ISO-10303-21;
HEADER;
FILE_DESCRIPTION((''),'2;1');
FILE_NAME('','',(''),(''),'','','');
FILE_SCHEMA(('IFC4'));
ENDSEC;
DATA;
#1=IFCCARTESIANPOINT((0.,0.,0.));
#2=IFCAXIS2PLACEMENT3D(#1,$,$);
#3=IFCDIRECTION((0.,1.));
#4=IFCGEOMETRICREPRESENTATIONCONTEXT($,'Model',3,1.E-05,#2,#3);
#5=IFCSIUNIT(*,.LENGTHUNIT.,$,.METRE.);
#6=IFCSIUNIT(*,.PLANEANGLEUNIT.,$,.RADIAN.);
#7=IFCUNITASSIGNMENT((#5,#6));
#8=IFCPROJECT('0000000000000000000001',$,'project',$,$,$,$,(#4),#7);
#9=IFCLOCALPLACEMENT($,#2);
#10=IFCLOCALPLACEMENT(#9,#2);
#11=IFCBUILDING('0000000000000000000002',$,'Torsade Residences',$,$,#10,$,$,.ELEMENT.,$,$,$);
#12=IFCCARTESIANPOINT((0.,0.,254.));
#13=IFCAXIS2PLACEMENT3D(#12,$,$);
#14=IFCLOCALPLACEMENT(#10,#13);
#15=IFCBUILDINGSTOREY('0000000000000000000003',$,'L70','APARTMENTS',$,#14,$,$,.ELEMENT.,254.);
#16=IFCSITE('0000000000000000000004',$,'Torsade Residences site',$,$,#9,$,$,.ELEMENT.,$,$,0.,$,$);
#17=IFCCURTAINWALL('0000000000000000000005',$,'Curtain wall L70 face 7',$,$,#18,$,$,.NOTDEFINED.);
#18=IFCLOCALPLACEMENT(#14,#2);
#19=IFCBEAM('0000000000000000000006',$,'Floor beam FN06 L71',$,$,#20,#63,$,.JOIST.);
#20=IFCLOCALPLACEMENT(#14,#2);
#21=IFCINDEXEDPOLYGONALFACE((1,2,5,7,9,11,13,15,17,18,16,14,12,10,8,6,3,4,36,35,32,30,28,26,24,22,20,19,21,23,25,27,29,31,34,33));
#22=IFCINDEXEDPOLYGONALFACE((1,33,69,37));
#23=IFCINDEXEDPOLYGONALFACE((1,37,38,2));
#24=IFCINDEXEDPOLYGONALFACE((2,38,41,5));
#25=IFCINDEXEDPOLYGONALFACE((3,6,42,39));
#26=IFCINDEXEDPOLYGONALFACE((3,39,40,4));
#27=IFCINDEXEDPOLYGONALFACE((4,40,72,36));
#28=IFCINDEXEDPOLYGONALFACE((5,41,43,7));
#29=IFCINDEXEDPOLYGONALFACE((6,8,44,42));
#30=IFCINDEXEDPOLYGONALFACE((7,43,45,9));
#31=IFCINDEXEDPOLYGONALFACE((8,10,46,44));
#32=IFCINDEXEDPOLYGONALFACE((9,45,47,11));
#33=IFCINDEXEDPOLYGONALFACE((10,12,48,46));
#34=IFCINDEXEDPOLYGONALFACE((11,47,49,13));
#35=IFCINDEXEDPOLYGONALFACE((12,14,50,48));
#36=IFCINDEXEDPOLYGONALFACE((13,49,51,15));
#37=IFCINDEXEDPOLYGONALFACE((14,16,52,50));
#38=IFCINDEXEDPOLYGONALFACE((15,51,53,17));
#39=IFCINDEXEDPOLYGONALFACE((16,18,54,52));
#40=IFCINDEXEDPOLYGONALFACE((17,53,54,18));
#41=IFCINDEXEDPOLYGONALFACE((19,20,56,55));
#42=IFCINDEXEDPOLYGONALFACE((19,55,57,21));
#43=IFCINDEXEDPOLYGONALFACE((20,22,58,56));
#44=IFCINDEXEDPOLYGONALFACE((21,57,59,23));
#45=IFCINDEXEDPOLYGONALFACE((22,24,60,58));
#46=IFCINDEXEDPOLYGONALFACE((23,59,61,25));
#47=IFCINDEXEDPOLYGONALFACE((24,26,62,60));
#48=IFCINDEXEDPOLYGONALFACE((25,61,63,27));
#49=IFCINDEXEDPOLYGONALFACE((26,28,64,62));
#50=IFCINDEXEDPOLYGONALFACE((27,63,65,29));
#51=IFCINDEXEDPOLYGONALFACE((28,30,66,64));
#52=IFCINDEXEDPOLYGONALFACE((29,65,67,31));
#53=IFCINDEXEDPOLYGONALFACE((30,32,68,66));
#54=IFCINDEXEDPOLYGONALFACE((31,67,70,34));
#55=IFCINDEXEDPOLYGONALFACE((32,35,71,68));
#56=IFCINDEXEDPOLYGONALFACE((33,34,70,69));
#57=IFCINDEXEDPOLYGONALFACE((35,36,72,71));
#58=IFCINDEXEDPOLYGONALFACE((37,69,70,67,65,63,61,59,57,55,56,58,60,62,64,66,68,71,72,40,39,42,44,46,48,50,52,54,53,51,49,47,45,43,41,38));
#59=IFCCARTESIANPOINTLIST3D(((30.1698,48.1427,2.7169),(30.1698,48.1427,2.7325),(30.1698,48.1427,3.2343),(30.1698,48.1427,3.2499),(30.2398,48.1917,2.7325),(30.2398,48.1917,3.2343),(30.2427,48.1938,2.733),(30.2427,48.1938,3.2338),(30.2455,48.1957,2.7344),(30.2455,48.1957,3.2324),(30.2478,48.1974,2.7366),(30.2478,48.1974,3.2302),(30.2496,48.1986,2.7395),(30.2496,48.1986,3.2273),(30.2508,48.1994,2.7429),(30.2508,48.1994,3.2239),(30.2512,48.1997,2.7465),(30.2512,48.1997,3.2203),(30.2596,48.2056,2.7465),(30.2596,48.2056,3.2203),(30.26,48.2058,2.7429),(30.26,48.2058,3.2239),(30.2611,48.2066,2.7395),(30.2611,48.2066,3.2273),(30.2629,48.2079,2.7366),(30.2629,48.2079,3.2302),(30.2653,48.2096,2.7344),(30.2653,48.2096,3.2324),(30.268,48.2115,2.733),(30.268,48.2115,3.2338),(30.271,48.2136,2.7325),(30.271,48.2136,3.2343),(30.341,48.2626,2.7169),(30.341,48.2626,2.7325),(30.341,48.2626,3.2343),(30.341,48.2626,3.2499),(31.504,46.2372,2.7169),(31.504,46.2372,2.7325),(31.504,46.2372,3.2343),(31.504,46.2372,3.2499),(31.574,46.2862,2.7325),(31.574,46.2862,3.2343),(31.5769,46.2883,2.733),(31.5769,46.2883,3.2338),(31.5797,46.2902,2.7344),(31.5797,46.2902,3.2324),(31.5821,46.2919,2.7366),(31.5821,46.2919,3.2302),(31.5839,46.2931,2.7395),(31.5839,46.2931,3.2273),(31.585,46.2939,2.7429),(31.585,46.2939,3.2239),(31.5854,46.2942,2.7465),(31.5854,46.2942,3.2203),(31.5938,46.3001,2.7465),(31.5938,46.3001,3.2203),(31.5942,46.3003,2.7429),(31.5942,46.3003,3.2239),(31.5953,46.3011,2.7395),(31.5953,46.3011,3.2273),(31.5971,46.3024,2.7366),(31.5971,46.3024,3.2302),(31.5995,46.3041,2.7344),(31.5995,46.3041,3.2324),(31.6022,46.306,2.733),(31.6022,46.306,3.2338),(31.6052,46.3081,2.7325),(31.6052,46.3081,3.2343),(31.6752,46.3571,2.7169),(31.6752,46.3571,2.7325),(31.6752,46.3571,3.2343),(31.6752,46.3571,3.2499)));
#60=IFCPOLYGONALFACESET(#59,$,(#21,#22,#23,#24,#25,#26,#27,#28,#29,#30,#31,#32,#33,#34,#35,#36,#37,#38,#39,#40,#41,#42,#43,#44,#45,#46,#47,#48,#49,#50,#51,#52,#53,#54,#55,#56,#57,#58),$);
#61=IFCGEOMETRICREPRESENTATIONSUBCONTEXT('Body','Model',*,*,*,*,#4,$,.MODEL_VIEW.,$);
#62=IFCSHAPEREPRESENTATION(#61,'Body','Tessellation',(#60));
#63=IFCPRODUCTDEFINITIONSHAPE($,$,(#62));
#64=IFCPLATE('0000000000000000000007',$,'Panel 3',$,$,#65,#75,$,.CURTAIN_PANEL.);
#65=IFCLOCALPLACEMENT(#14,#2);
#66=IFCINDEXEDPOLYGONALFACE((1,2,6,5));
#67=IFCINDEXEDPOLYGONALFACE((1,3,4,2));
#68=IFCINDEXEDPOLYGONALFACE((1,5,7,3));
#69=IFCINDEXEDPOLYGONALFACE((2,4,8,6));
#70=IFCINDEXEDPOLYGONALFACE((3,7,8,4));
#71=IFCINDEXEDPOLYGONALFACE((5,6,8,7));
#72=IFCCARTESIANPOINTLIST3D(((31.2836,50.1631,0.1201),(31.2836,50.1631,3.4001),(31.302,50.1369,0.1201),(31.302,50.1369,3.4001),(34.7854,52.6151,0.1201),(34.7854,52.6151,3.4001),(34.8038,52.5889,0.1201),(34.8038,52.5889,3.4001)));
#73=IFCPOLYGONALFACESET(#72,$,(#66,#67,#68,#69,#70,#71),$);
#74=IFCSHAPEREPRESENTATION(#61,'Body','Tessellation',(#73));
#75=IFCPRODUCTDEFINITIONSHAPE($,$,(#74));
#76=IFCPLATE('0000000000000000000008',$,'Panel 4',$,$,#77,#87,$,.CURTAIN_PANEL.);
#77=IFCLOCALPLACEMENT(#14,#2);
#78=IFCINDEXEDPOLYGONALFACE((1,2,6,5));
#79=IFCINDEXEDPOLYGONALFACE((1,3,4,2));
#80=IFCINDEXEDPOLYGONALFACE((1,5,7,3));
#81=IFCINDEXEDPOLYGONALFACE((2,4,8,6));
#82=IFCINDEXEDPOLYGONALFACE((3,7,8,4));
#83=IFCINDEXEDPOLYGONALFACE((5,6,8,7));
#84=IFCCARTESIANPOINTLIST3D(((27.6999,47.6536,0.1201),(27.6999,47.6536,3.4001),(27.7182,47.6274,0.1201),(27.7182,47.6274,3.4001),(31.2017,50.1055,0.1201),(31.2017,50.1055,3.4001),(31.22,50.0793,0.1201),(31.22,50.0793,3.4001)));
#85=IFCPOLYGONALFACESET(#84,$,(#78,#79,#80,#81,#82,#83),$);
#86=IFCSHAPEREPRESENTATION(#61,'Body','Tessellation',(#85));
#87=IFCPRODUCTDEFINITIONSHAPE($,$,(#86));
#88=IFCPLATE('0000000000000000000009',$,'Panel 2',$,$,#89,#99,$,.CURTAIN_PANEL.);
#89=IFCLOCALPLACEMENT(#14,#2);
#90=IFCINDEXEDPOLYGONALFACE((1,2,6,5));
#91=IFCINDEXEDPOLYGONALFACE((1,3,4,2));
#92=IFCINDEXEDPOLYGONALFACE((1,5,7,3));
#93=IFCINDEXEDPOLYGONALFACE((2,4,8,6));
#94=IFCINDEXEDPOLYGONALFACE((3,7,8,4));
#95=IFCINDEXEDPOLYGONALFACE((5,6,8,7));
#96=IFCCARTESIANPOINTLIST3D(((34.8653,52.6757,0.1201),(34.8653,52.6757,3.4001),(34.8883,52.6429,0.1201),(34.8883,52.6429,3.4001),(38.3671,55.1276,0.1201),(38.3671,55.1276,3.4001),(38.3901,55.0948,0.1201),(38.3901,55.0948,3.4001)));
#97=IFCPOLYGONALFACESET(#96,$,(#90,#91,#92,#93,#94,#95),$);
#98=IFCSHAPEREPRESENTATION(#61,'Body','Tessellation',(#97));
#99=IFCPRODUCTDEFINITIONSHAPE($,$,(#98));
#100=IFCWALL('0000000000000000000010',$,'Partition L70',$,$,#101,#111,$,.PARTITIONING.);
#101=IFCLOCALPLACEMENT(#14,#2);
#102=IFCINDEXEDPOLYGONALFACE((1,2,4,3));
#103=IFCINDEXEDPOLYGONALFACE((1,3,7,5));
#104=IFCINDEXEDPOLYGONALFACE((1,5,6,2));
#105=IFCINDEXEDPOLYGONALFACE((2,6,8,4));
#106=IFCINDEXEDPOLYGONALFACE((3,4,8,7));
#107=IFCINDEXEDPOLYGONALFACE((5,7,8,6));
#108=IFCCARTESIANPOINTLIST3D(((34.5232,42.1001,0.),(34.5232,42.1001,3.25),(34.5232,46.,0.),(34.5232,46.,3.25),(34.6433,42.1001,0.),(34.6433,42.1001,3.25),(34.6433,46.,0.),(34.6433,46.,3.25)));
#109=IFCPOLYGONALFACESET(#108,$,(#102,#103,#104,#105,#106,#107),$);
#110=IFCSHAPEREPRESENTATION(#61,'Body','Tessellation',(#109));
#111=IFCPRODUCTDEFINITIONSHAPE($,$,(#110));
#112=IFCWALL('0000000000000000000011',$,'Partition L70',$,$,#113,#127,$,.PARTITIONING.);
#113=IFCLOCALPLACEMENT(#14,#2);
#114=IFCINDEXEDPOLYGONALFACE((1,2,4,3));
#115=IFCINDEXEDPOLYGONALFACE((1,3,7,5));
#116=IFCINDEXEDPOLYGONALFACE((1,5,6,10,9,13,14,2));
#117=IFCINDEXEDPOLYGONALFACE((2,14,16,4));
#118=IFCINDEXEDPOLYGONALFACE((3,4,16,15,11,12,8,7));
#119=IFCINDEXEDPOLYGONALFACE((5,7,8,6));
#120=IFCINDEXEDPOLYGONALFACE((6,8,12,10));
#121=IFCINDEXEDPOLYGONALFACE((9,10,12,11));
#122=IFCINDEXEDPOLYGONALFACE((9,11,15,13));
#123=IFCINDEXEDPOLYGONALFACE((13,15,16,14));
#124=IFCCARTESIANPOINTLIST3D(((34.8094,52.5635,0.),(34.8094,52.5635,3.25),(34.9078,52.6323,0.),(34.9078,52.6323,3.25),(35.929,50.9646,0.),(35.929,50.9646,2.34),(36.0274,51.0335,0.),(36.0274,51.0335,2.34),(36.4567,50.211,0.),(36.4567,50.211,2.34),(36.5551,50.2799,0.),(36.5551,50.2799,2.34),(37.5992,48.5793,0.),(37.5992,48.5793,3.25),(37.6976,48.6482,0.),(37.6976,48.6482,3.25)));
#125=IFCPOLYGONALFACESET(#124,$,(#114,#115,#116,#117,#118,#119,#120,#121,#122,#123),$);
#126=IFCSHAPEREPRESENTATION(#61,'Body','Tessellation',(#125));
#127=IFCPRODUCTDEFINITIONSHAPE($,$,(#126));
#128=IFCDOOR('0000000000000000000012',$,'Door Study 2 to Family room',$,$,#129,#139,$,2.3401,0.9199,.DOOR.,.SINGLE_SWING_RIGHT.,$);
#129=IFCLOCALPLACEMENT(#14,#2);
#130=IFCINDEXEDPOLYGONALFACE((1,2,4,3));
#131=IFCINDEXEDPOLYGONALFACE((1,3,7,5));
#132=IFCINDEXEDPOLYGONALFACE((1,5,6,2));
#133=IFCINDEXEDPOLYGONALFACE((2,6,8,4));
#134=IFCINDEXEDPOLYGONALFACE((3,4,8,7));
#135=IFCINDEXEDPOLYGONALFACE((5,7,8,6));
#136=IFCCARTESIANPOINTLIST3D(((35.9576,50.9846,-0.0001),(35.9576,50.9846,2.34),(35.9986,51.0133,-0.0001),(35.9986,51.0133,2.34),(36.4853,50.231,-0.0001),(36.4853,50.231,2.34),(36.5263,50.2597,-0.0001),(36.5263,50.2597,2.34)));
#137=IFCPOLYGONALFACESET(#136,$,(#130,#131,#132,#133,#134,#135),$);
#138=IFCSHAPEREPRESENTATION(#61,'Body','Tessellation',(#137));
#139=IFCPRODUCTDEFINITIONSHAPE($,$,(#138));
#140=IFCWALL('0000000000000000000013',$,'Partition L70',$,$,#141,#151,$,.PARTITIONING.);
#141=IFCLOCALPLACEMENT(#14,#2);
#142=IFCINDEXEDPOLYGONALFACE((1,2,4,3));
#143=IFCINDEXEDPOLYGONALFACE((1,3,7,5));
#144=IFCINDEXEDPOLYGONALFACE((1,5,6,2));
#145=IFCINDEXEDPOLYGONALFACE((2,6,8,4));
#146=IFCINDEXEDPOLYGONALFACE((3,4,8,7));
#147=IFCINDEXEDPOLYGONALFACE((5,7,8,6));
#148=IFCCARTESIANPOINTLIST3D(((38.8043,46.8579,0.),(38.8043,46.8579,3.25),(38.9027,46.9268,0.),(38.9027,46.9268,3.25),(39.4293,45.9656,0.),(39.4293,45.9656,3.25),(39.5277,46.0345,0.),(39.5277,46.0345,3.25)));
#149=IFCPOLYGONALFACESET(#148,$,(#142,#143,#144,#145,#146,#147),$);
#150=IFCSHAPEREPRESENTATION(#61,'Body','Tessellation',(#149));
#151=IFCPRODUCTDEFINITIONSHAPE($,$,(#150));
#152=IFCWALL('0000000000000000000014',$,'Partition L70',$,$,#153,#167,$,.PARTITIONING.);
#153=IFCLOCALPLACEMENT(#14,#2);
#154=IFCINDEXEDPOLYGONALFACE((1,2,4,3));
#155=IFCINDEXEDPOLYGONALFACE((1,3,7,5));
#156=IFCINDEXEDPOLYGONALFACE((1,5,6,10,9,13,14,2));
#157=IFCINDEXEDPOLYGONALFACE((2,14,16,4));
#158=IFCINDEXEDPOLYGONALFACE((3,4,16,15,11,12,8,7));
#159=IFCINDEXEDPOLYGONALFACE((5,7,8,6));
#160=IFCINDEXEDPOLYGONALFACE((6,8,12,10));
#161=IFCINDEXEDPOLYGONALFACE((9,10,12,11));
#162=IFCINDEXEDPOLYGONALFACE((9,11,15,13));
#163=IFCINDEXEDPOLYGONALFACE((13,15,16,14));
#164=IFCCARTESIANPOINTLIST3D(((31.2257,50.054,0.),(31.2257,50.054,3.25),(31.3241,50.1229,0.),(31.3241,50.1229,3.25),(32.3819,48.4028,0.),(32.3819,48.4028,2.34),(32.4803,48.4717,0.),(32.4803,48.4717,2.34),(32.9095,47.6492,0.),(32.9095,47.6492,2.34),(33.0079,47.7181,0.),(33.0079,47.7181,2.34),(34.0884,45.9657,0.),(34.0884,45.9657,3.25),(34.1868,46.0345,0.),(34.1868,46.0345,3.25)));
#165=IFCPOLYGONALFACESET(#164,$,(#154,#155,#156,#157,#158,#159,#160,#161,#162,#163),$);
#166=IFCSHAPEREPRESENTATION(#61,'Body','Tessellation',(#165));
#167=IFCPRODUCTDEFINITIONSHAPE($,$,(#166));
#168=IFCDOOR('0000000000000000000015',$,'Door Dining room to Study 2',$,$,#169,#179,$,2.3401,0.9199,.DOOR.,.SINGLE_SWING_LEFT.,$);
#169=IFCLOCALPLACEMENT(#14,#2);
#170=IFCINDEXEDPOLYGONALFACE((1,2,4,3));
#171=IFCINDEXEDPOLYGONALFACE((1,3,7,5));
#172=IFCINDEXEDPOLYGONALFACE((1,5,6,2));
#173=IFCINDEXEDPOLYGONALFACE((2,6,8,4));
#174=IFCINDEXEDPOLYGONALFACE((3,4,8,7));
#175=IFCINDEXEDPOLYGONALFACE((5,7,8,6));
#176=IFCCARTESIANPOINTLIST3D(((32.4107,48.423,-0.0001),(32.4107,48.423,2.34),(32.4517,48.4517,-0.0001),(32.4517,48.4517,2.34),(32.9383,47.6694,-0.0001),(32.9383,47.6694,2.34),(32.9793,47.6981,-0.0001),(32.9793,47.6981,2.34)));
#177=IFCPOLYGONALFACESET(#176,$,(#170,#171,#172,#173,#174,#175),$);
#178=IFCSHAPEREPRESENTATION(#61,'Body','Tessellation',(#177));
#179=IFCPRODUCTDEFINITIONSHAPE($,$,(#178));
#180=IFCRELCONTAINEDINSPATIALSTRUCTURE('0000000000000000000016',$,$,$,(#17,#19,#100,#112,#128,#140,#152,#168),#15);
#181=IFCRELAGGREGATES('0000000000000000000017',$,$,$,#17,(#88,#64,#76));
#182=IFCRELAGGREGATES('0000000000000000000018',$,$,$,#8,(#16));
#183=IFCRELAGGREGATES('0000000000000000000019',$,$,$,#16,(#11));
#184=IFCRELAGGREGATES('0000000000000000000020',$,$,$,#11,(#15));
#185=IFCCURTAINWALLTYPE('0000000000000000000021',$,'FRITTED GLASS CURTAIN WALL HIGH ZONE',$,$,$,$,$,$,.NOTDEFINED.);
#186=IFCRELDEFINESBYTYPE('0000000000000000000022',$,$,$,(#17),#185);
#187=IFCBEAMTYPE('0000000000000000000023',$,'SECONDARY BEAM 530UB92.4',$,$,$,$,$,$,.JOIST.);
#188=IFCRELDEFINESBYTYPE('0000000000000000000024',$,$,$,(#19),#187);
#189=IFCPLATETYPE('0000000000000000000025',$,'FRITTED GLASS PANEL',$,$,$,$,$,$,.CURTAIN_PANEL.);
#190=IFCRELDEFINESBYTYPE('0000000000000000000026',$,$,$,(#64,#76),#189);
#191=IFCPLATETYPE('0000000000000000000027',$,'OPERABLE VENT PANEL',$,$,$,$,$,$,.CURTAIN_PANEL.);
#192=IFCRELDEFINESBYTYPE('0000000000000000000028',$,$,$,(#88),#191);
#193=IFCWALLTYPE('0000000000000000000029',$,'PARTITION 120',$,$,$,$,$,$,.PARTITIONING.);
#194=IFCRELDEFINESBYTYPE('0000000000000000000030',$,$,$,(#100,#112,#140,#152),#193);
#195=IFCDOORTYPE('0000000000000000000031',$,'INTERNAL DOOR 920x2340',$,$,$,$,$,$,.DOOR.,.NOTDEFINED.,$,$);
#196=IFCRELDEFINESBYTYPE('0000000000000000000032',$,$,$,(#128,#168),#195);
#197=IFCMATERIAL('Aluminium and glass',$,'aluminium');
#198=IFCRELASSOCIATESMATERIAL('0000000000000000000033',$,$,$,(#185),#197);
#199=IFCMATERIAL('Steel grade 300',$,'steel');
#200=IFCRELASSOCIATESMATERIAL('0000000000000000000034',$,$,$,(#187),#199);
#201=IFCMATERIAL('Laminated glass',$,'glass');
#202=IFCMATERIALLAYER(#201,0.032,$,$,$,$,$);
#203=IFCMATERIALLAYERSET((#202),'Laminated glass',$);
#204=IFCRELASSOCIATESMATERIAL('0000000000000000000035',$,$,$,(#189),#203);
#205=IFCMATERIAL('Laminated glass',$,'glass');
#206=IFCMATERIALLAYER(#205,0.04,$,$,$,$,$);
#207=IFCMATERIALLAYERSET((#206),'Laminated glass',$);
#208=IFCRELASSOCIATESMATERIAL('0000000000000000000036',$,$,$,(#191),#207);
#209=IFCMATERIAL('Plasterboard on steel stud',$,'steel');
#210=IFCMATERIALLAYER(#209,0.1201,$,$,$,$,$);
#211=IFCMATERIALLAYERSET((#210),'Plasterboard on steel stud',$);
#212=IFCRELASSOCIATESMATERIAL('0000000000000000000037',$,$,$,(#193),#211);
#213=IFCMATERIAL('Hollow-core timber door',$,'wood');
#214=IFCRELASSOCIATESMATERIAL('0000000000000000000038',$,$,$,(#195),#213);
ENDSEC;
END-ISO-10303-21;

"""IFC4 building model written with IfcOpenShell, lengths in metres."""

from ifc_helpers import new_model, si_unit, direction, frame, frame_2d, origin, origin_2d, place, context, subcontext, project, spatial, rectangle, i_section, extrude, material, layer, layer_set, material_profile, profile_set, type_object, element, fill, aggregate, save


model = new_model("IFC4")

# Units and contexts
model_context = context("Model", 3, precision=1e-05, world=origin(), true_north=direction((0.0, 1.0)))
body_context = subcontext(model_context, "Body", "Model", "MODEL_VIEW")
ifc_project = project(units=[si_unit("LENGTHUNIT", "METRE"), si_unit("PLANEANGLEUNIT", "RADIAN")], contexts=[model_context])

# Site, building, storey
site_placement = place(None, origin())
site = spatial("IfcSite", under=ifc_project, at=site_placement, Name="Torsade Residences site", CompositionType="ELEMENT", RefElevation=0.0)
building_placement = place(site_placement, origin())
building = spatial("IfcBuilding", under=site, at=building_placement, Name="Torsade Residences", CompositionType="ELEMENT")
storey_placement = place(building_placement, frame((0.0, 0.0, 254.0)))
storey = spatial("IfcBuildingStorey", under=building, at=storey_placement, Name="L70", Description="APARTMENTS", CompositionType="ELEMENT", Elevation=254.0)

# Curtain wall
ifc_material_1 = material(Name="Aluminium and glass", Category="aluminium")
curtain_wall_type = type_object("IfcCurtainWallType", Name="FRITTED GLASS CURTAIN WALL HIGH ZONE", PredefinedType="NOTDEFINED", material=ifc_material_1)
curtain_wall_placement = place(storey_placement, origin())
curtain_wall = element("IfcCurtainWall", 1, at=curtain_wall_placement, inside=storey, type_object=curtain_wall_type, Name="Curtain wall L70 face 7", PredefinedType="NOTDEFINED")

# Beam
ifc_material_2 = material(Name="Steel grade 300", Category="steel")
ifc_material_profile_1 = material_profile(ifc_material_2, i_section(OverallWidth=0.209, OverallDepth=0.533, WebThickness=0.0103, FlangeThickness=0.0156, FilletRadius=0.0139, at=origin_2d()), Name="530UB92.4")
ifc_profile_set_1 = profile_set([ifc_material_profile_1], Name="Steel grade 300")
beam_type_1 = type_object("IfcBeamType", Name="SECONDARY BEAM 530UB92.4", PredefinedType="JOIST", material=ifc_profile_set_1)
beam_1_placement = place(storey_placement, frame((30.2554, 48.2026, 2.9834), z_axis=(0.573568, -0.819158, 0.0), x_axis=(0.819158, 0.573568, 0.0)))
element("IfcBeam", 2, at=beam_1_placement, inside=storey, type_object=beam_type_1, Name="Floor beam FN06 L71", PredefinedType="JOIST", context=body_context, shape_type="SweptSolid", body=[
    extrude(i_section(OverallWidth=0.209, OverallDepth=0.533, WebThickness=0.0103, FlangeThickness=0.0156, FilletRadius=0.0139, at=origin_2d()), origin(), (0.0, 0.0, 1.0), 2.3262),
])

# Plates
ifc_material_3 = material(Name="Laminated glass", Category="glass")
ifc_layer_1 = layer(ifc_material_3, 0.032)
ifc_layer_set_1 = layer_set([ifc_layer_1], Name="Laminated glass")
plate_type_1 = type_object("IfcPlateType", Name="FRITTED GLASS PANEL", PredefinedType="CURTAIN_PANEL", material=ifc_layer_set_1)
plate_1_placement = place(storey_placement, frame((33.0437, 51.376, 0.1201), z_axis=(0.0, 0.0, 1.0), x_axis=(-0.819152, -0.573576, 0.0)))
plate_1 = element("IfcPlate", 3, at=plate_1_placement, type_object=plate_type_1, Name="Panel 3", PredefinedType="CURTAIN_PANEL", context=body_context, shape_type="SweptSolid", body=[
    extrude(rectangle(XDim=4.2749, YDim=0.032, at=origin_2d()), origin(), (0.0, 0.0, 1.0), 3.28),
])
plate_2_placement = place(storey_placement, frame((29.46, 48.8665, 0.1201), z_axis=(0.0, 0.0, 1.0), x_axis=(-0.819152, -0.573576, 0.0)))
plate_2 = element("IfcPlate", 4, at=plate_2_placement, type_object=plate_type_1, Name="Panel 4", PredefinedType="CURTAIN_PANEL", context=body_context, shape_type="SweptSolid", body=[
    extrude(rectangle(XDim=4.2749, YDim=0.032, at=origin_2d()), origin(), (0.0, 0.0, 1.0), 3.28),
])
ifc_material_4 = material(Name="Laminated glass", Category="glass")
ifc_layer_2 = layer(ifc_material_4, 0.04)
ifc_layer_set_2 = layer_set([ifc_layer_2], Name="Laminated glass")
plate_type_2 = type_object("IfcPlateType", Name="OPERABLE VENT PANEL", PredefinedType="CURTAIN_PANEL", material=ifc_layer_set_2)
plate_3_placement = place(storey_placement, frame((36.6277, 53.8853, 0.1201), z_axis=(0.0, 0.0, 1.0), x_axis=(-0.819152, -0.573576, 0.0)))
plate_3 = element("IfcPlate", 5, at=plate_3_placement, type_object=plate_type_2, Name="Panel 2", PredefinedType="CURTAIN_PANEL", context=body_context, shape_type="SweptSolid", body=[
    extrude(rectangle(XDim=4.2749, YDim=0.04, at=origin_2d()), origin(), (0.0, 0.0, 1.0), 3.28),
])
aggregate(curtain_wall, [plate_3, plate_1, plate_2])

# Wall
ifc_material_5 = material(Name="Plasterboard on steel stud", Category="steel")
ifc_layer_3 = layer(ifc_material_5, 0.1201)
ifc_layer_set_3 = layer_set([ifc_layer_3], Name="Plasterboard on steel stud")
wall_type_1 = type_object("IfcWallType", Name="PARTITION 120", PredefinedType="PARTITIONING", material=ifc_layer_set_3)
wall_1_placement = place(storey_placement, frame((34.5833, 46.0, 0.0), z_axis=(0.0, 0.0, 1.0), x_axis=(0.0, -1.0, 0.0)))
element("IfcWall", 6, at=wall_1_placement, inside=storey, type_object=wall_type_1, Name="Partition L70", PredefinedType="PARTITIONING", context=body_context, shape_type="SweptSolid", body=[
    extrude(rectangle(XDim=3.8999, YDim=0.1201, at=frame_2d((1.95, 0.0))), origin(), (0.0, 0.0, 1.0), 3.25),
])

# Wall, opening, door
wall_2_placement = place(storey_placement, frame((34.8586, 52.5979, 0.0), z_axis=(0.0, 0.0, 1.0), x_axis=(0.573587, -0.819145, 0.0)))
wall_2 = element("IfcWall", 7, at=wall_2_placement, inside=storey, type_object=wall_type_1, Name="Partition L70", PredefinedType="PARTITIONING", context=body_context, shape_type="SweptSolid", body=[
    extrude(rectangle(XDim=4.8638, YDim=0.1201, at=frame_2d((2.4319, 0.0))), origin(), (0.0, 0.0, 1.0), 3.25),
])
opening_1_placement = place(wall_2_placement, frame((1.9519, 0.0, 0.0)))
opening_1 = element("IfcOpeningElement", 8, at=opening_1_placement, cuts=wall_2, PredefinedType="OPENING", context=body_context, shape_type="SweptSolid", body=[
    extrude(rectangle(XDim=0.9199, YDim=2.3401, at=frame_2d((0.46, 1.1699))), frame((0.0, 0.0701, 0.0), z_axis=(0.0, -1.0, 0.0), x_axis=(1.0, 0.0, 0.0)), (0.0, 0.0, 1.0), 0.1401),
])
ifc_material_6 = material(Name="Hollow-core timber door", Category="wood")
door_type = type_object("IfcDoorType", Name="INTERNAL DOOR 920x2340", OperationType="NOTDEFINED", PredefinedType="DOOR", material=ifc_material_6)
door_1_placement = place(opening_1_placement, origin())
door_1 = element("IfcDoor", 9, at=door_1_placement, inside=storey, type_object=door_type, Name="Door Study 2 to Family room", OperationType="SINGLE_SWING_RIGHT", OverallHeight=2.3401, OverallWidth=0.9199, PredefinedType="DOOR", context=body_context, shape_type="SweptSolid", body=[
    extrude(rectangle(XDim=0.9199, YDim=2.3401, at=frame_2d((0.46, 1.1699))), frame((0.0, 0.0249, 0.0), z_axis=(0.0, -1.0, 0.0), x_axis=(1.0, 0.0, 0.0)), (0.0, 0.0, 1.0), 0.05),
])
fill(opening_1, door_1)

# Wall
wall_3_placement = place(storey_placement, frame((38.8535, 46.8923, 0.0), z_axis=(0.0, 0.0, 1.0), x_axis=(0.573688, -0.819074, 0.0)))
element("IfcWall", 10, at=wall_3_placement, inside=storey, type_object=wall_type_1, Name="Partition L70", PredefinedType="PARTITIONING", context=body_context, shape_type="SweptSolid", body=[
    extrude(rectangle(XDim=1.0894, YDim=0.1201, at=frame_2d((0.5447, 0.0))), origin(), (0.0, 0.0, 1.0), 3.25),
])

# Wall, opening, door
wall_4_placement = place(storey_placement, frame((34.1377, 46.0, 0.0), z_axis=(0.0, 0.0, 1.0), x_axis=(-0.573587, 0.819145, 0.0)))
wall_4 = element("IfcWall", 11, at=wall_4_placement, inside=storey, type_object=wall_type_1, Name="Partition L70", PredefinedType="PARTITIONING", context=body_context, shape_type="SweptSolid", body=[
    extrude(rectangle(XDim=4.991, YDim=0.1201, at=frame_2d((2.4956, 0.0))), origin(), (0.0, 0.0, 1.0), 3.25),
])
opening_2_placement = place(wall_4_placement, frame((2.0554, 0.0, 0.0)))
opening_2 = element("IfcOpeningElement", 12, at=opening_2_placement, cuts=wall_4, PredefinedType="OPENING", context=body_context, shape_type="SweptSolid", body=[
    extrude(rectangle(XDim=0.9199, YDim=2.3401, at=frame_2d((0.46, 1.1699))), frame((0.0, 0.0701, 0.0), z_axis=(0.0, -1.0, 0.0), x_axis=(1.0, 0.0, 0.0)), (0.0, 0.0, 1.0), 0.1401),
])
door_2_placement = place(opening_2_placement, origin())
door_2 = element("IfcDoor", 13, at=door_2_placement, inside=storey, type_object=door_type, Name="Door Dining room to Study 2", OperationType="SINGLE_SWING_LEFT", OverallHeight=2.3401, OverallWidth=0.9199, PredefinedType="DOOR", context=body_context, shape_type="SweptSolid", body=[
    extrude(rectangle(XDim=0.9199, YDim=2.3401, at=frame_2d((0.46, 1.1699))), frame((0.0, 0.0249, 0.0), z_axis=(0.0, -1.0, 0.0), x_axis=(1.0, 0.0, 0.0)), (0.0, 0.0, 1.0), 0.05),
])
fill(opening_2, door_2)

save(model, "model.ifc")
